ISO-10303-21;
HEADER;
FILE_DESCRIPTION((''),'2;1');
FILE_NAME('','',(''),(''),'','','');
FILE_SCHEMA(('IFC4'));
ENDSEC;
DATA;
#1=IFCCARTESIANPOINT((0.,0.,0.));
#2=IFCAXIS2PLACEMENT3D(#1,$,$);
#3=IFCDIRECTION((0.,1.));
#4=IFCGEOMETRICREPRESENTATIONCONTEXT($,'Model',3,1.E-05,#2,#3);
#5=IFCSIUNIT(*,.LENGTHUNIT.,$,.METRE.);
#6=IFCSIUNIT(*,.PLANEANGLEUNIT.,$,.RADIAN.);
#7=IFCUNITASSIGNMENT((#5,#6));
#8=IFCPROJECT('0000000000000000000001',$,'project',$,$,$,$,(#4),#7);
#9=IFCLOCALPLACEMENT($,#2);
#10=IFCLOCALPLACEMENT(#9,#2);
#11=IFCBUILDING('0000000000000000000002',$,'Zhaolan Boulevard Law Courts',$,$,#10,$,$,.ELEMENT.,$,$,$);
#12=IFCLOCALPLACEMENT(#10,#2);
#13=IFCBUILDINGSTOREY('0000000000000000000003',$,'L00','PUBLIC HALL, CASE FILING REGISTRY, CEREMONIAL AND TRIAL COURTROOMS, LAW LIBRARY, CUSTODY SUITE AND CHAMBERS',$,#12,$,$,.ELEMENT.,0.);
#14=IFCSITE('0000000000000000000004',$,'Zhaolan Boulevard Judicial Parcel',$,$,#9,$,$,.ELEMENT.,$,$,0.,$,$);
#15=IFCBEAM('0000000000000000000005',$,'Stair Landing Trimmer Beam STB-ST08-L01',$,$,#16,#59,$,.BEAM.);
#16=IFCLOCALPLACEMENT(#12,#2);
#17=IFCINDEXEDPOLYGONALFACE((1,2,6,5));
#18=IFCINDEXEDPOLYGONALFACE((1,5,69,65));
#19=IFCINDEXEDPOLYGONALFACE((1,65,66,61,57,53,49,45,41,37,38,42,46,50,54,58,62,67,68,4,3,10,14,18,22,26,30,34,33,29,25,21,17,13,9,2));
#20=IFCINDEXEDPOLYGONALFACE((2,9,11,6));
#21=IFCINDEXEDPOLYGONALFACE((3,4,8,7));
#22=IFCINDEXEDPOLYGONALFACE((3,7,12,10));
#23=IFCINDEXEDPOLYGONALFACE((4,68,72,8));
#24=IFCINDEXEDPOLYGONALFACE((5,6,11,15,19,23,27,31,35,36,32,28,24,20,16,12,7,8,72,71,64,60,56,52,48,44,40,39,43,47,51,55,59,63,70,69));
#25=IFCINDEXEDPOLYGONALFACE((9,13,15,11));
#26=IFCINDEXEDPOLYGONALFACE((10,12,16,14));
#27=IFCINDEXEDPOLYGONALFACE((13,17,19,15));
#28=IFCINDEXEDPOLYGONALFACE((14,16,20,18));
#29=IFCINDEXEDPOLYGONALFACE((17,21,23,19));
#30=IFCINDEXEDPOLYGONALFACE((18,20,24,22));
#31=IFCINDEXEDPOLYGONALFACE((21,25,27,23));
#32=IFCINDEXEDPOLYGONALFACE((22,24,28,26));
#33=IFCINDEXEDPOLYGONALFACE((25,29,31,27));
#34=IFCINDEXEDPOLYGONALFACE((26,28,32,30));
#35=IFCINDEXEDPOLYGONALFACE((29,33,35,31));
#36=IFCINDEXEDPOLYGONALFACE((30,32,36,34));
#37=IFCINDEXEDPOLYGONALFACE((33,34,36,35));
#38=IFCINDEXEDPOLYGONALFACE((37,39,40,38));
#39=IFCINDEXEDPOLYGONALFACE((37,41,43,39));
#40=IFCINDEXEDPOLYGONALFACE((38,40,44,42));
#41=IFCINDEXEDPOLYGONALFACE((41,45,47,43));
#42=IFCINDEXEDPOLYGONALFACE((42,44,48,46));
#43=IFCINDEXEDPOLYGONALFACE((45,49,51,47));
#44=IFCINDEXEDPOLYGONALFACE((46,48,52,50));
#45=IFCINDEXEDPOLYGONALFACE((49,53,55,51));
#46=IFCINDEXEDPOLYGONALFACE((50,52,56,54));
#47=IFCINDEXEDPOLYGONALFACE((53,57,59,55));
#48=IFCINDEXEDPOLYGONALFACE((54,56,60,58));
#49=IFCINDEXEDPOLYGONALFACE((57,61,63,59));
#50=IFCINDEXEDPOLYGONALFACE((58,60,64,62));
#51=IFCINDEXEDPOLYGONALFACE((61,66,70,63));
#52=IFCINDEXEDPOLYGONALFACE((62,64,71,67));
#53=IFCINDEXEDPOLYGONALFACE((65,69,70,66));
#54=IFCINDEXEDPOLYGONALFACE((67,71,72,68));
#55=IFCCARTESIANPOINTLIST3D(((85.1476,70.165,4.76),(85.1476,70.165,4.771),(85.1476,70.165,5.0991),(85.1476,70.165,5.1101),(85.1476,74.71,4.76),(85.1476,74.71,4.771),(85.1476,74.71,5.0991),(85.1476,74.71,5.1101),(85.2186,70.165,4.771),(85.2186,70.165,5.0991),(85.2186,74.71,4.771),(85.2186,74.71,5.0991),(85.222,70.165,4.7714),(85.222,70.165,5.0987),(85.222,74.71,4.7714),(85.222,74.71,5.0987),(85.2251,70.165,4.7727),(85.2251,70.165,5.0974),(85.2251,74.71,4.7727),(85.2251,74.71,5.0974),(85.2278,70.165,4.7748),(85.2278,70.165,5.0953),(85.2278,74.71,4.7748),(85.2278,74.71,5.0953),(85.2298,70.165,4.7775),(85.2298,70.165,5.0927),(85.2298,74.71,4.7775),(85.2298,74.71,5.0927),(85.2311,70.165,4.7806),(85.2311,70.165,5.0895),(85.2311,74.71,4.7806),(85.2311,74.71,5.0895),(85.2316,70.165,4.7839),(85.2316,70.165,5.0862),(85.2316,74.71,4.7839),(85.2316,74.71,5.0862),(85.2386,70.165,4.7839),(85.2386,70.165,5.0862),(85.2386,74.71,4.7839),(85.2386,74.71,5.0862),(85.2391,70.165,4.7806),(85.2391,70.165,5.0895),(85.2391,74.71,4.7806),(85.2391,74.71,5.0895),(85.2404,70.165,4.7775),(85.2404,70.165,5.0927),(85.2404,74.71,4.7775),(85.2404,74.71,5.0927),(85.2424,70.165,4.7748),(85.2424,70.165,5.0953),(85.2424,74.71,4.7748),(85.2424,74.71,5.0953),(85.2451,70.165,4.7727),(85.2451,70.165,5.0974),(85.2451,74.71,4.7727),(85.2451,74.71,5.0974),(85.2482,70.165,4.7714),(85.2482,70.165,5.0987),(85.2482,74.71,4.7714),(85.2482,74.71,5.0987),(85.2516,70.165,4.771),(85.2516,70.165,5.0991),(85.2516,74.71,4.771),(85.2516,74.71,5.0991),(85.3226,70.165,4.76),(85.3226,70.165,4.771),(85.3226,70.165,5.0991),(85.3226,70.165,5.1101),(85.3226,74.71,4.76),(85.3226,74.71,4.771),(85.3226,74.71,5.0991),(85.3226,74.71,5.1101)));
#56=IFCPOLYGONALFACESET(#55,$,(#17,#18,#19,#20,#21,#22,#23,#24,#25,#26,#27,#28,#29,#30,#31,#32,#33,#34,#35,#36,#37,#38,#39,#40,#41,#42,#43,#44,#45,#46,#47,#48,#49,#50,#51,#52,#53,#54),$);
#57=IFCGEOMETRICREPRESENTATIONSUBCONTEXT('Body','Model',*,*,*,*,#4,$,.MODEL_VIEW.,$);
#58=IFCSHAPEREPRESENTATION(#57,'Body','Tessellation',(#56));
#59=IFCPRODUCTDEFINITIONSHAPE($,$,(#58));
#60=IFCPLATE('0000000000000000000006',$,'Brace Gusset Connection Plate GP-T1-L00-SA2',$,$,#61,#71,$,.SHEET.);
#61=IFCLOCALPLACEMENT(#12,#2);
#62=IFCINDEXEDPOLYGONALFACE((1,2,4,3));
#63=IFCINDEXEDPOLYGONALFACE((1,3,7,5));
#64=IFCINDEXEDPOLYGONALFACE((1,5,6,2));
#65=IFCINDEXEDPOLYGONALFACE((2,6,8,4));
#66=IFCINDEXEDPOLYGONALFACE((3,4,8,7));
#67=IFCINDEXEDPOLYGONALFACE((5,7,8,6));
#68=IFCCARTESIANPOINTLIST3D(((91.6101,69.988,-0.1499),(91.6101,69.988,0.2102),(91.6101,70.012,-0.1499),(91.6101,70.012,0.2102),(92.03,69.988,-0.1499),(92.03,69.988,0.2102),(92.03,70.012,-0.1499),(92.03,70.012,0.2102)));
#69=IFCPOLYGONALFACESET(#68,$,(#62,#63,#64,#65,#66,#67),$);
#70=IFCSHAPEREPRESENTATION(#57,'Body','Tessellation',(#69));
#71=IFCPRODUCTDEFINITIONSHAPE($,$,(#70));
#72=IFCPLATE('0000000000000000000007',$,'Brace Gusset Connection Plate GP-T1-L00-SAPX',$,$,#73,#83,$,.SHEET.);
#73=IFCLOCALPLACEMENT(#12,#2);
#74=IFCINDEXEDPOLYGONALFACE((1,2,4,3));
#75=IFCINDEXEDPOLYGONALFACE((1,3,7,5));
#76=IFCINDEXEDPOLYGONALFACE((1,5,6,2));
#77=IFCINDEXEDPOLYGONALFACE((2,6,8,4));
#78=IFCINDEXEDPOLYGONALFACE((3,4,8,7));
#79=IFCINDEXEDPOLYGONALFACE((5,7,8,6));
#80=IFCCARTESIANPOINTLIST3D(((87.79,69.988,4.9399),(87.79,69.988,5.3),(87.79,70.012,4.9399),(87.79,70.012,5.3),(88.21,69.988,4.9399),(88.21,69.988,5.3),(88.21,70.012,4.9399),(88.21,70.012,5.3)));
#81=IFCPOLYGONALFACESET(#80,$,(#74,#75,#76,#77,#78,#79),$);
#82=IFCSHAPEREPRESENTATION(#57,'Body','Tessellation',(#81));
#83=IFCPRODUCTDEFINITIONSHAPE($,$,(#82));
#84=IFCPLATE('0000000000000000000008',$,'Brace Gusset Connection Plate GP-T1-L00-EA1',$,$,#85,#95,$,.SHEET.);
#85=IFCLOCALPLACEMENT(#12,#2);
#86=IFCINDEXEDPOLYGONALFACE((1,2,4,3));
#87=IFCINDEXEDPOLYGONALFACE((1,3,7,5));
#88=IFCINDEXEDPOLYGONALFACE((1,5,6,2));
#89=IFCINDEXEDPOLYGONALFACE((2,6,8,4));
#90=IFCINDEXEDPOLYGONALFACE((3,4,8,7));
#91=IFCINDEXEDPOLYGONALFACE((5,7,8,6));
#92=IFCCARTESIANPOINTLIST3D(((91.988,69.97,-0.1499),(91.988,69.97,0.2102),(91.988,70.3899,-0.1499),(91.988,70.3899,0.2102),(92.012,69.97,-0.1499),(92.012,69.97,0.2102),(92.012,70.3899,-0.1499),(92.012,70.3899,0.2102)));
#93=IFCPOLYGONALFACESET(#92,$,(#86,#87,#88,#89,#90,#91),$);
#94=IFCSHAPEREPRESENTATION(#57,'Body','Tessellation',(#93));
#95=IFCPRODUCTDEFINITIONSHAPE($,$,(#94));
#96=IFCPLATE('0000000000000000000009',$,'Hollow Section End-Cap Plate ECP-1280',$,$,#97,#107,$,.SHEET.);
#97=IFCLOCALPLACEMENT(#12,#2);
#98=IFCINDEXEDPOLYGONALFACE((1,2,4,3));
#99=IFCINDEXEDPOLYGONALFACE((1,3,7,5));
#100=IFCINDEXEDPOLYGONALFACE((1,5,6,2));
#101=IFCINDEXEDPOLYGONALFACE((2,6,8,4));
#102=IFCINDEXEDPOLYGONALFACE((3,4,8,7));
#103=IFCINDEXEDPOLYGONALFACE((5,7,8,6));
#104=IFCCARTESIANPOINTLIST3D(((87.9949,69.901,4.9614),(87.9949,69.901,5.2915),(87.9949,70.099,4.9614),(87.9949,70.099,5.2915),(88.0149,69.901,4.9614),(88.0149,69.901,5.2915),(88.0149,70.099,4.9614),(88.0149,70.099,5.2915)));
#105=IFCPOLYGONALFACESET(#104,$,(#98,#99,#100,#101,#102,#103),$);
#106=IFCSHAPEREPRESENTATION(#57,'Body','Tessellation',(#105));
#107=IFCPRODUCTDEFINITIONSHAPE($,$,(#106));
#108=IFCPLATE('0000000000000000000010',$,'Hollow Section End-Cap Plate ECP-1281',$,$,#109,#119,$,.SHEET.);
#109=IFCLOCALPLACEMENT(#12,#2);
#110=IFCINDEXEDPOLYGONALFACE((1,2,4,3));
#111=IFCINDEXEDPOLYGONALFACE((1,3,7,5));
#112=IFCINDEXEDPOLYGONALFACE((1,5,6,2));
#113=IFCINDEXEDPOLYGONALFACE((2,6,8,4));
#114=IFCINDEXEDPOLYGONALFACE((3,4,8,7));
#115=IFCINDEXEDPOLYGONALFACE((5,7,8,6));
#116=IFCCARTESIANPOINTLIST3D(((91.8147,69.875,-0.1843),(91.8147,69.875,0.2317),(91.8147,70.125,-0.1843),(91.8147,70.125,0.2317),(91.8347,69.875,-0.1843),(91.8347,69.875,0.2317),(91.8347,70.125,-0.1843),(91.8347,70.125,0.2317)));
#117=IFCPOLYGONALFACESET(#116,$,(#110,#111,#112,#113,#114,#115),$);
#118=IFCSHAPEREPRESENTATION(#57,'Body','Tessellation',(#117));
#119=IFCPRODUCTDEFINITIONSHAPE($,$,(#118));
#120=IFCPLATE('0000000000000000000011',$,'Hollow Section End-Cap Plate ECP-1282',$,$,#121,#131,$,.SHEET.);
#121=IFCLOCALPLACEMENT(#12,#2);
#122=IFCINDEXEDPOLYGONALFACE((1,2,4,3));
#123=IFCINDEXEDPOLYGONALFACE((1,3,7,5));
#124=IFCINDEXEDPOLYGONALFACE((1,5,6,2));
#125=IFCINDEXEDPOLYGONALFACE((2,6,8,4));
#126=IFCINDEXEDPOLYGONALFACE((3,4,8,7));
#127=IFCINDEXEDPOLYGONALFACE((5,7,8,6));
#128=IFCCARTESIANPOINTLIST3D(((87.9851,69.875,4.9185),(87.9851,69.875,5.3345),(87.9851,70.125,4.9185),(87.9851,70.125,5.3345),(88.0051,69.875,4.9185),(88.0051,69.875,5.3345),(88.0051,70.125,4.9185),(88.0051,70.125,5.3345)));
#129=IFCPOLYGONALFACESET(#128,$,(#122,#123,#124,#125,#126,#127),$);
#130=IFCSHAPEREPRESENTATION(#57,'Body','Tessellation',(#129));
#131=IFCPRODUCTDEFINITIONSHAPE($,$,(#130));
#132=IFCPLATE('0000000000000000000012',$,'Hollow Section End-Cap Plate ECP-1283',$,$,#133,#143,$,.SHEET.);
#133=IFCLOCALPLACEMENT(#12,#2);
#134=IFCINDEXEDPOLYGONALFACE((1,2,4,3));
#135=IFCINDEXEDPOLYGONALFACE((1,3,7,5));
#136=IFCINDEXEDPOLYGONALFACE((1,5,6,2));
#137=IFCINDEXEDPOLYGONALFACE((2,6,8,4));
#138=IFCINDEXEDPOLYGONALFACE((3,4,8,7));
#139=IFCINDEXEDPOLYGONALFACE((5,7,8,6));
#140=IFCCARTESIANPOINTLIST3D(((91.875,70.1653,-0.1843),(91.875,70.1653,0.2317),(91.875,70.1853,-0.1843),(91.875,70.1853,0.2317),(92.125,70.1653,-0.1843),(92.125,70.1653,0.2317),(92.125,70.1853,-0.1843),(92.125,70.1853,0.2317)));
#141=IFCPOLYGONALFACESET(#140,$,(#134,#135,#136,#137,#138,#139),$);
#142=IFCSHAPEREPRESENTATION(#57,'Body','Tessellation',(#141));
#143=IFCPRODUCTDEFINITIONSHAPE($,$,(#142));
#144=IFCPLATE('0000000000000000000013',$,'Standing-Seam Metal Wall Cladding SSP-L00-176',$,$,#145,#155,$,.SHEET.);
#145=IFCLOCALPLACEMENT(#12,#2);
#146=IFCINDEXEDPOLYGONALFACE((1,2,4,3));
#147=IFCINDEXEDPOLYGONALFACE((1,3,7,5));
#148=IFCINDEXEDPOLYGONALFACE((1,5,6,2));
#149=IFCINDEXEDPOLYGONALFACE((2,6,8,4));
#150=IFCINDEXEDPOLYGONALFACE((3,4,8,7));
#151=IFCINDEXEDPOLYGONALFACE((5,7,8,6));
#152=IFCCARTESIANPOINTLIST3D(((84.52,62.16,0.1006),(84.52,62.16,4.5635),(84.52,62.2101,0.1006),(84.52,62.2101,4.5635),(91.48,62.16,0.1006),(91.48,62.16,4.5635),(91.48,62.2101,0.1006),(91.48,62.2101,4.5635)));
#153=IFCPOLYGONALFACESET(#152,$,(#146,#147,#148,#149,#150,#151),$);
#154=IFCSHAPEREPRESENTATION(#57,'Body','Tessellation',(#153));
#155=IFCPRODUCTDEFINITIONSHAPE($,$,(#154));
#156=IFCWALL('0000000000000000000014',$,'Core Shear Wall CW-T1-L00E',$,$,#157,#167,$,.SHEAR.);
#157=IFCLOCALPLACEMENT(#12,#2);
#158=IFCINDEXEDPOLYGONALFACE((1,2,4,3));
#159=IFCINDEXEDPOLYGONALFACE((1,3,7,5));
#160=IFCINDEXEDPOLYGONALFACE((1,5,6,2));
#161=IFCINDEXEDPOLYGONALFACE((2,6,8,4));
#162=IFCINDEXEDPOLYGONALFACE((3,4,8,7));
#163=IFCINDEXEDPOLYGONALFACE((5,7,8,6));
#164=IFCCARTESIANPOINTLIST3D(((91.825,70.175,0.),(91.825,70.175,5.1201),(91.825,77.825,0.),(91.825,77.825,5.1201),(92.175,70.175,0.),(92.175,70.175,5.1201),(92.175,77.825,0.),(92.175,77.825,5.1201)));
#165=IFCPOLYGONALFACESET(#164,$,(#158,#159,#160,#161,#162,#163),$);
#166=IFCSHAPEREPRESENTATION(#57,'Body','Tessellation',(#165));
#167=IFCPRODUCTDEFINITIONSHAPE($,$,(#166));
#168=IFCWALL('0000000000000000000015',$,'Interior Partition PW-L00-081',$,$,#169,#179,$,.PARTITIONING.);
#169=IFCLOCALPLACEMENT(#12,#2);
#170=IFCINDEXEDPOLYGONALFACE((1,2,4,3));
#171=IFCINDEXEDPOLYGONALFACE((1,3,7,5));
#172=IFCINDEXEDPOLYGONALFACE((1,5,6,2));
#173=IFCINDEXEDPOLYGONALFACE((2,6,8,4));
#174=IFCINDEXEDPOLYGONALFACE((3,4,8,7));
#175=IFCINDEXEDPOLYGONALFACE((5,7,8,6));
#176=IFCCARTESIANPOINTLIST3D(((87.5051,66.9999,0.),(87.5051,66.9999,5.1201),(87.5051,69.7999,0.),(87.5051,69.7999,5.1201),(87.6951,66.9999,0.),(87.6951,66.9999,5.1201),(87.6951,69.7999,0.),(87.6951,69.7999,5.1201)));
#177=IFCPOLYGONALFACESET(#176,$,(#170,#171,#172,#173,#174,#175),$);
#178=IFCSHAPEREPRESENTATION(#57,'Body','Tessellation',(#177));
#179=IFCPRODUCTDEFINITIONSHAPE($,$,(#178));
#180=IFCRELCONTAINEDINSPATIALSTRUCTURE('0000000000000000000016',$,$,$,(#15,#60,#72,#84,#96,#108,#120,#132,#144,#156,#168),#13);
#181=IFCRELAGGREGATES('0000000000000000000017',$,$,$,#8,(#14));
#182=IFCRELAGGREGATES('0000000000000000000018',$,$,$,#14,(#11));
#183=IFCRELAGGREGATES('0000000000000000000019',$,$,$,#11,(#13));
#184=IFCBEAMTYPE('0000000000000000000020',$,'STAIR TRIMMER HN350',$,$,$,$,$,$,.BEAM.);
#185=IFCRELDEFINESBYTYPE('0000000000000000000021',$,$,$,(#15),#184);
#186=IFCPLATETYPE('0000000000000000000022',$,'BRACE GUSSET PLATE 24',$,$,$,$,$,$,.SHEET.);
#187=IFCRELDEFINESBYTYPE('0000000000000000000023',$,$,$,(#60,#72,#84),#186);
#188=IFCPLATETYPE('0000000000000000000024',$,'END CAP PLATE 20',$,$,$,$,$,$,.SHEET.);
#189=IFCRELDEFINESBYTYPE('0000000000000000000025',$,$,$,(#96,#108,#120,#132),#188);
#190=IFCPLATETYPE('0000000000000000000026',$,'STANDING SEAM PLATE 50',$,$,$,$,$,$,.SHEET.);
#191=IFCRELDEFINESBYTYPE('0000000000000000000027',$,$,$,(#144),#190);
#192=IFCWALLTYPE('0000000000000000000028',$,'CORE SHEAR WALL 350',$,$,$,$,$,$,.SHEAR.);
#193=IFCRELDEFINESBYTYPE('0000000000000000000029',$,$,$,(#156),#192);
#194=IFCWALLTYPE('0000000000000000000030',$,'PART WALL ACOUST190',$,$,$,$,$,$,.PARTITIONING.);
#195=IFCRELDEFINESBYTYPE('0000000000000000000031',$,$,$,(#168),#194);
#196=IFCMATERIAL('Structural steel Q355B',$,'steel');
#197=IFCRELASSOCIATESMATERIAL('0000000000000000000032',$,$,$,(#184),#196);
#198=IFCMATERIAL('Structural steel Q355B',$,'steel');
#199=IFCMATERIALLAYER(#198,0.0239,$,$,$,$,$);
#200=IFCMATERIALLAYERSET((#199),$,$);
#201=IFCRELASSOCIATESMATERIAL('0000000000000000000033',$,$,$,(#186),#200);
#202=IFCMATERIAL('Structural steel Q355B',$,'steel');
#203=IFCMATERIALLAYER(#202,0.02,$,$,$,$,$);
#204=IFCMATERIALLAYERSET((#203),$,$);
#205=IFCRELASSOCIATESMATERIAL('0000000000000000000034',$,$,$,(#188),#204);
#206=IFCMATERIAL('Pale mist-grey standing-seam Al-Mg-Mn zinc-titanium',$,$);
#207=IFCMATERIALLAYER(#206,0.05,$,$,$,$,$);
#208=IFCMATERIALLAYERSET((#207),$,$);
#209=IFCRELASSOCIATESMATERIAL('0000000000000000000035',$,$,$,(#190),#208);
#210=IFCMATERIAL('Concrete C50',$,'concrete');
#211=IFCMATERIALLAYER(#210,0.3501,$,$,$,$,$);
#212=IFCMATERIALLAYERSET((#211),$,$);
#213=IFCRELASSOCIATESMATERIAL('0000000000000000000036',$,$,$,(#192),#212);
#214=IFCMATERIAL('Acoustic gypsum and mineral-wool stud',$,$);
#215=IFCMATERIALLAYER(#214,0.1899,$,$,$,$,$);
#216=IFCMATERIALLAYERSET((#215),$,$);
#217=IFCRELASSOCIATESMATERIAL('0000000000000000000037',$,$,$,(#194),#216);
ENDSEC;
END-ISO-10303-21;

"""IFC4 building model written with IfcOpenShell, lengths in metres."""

from ifc_helpers import new_model, si_unit, direction, frame, frame_2d, origin, origin_2d, place, context, subcontext, project, spatial, rectangle, i_section, extrude, material, layer, layer_set, material_profile, profile_set, type_object, element, save


model = new_model("IFC4")

# Units and contexts
model_context = context("Model", 3, precision=1e-05, world=origin(), true_north=direction((0.0, 1.0)))
body_context = subcontext(model_context, "Body", "Model", "MODEL_VIEW")
ifc_project = project(units=[si_unit("LENGTHUNIT", "METRE"), si_unit("PLANEANGLEUNIT", "RADIAN")], contexts=[model_context])

# Site, building, storey
site_placement = place(None, origin())
site = spatial("IfcSite", under=ifc_project, at=site_placement, Name="Zhaolan Boulevard Judicial Parcel", CompositionType="ELEMENT", RefElevation=0.0)
building_placement = place(site_placement, origin())
building = spatial("IfcBuilding", under=site, at=building_placement, Name="Zhaolan Boulevard Law Courts", CompositionType="ELEMENT")
storey_placement = place(building_placement, origin())
storey = spatial("IfcBuildingStorey", under=building, at=storey_placement, Name="L00", Description="PUBLIC HALL, CASE FILING REGISTRY, CEREMONIAL AND TRIAL COURTROOMS, LAW LIBRARY, CUSTODY SUITE AND CHAMBERS", CompositionType="ELEMENT", Elevation=0.0)

# Beam
ifc_material_1 = material(Name="Structural steel Q355B", Category="steel")
ifc_material_profile_1 = material_profile(ifc_material_1, i_section(OverallWidth=0.175, OverallDepth=0.3501, WebThickness=0.0071, FlangeThickness=0.011, FilletRadius=0.0129, at=origin_2d()), Name="HN350x175")
ifc_profile_set_1 = profile_set([ifc_material_profile_1], Name="Structural steel Q355B")
beam_type_1 = type_object("IfcBeamType", Name="STAIR TRIMMER HN350", PredefinedType="BEAM", material=ifc_profile_set_1)
beam_1_placement = place(storey_placement, frame((85.2351, 70.165, 4.9351), z_axis=(0.0, 1.0, 0.0), x_axis=(-1.0, 0.0, 0.0)))
element("IfcBeam", 1, at=beam_1_placement, inside=storey, type_object=beam_type_1, Name="Stair Landing Trimmer Beam STB-ST08-L01", PredefinedType="BEAM", context=body_context, shape_type="SweptSolid", body=[
    extrude(i_section(OverallWidth=0.175, OverallDepth=0.3501, WebThickness=0.0071, FlangeThickness=0.011, FilletRadius=0.0129, at=origin_2d()), origin(), (0.0, 0.0, 1.0), 4.5449),
])

# Plates
ifc_material_2 = material(Name="Structural steel Q355B", Category="steel")
ifc_layer_1 = layer(ifc_material_2, 0.0239)
ifc_layer_set_1 = layer_set([ifc_layer_1])
plate_type_1 = type_object("IfcPlateType", Name="BRACE GUSSET PLATE 24", PredefinedType="SHEET", material=ifc_layer_set_1)
for number, where, z_axis, x_axis, name in (
    (2, (91.8201, 70.0, -0.1499), (0.0, 0.0, 1.0), (1.0, 0.0, 0.0), "Brace Gusset Connection Plate GP-T1-L00-SA2"),
    (3, (88.0, 70.0, 4.9399), (0.0, 0.0, 1.0), (1.0, 0.0, 0.0), "Brace Gusset Connection Plate GP-T1-L00-SAPX"),
    (4, (92.0, 70.1799, -0.1499), (0.0, 0.0, 1.0), (0.0, 1.0, 0.0), "Brace Gusset Connection Plate GP-T1-L00-EA1"),
):
    element("IfcPlate", number, at=place(storey_placement, frame(where, z_axis=z_axis, x_axis=x_axis)), inside=storey, type_object=plate_type_1, Name=name, PredefinedType="SHEET", context=body_context, shape_type="SweptSolid", body=[
        extrude(rectangle(XDim=0.4199, YDim=0.0239, at=origin_2d()), origin(), (0.0, 0.0, 1.0), 0.3601),
    ])
ifc_material_3 = material(Name="Structural steel Q355B", Category="steel")
ifc_layer_2 = layer(ifc_material_3, 0.02)
ifc_layer_set_2 = layer_set([ifc_layer_2])
plate_type_2 = type_object("IfcPlateType", Name="END CAP PLATE 20", PredefinedType="SHEET", material=ifc_layer_set_2)
plate_1_placement = place(storey_placement, frame((88.0049, 70.0, 4.9614), z_axis=(0.0, 0.0, 1.0), x_axis=(1.0, 0.0, 0.0)))
element("IfcPlate", 5, at=plate_1_placement, inside=storey, type_object=plate_type_2, Name="Hollow Section End-Cap Plate ECP-1280", PredefinedType="SHEET", context=body_context, shape_type="SweptSolid", body=[
    extrude(rectangle(XDim=0.02, YDim=0.198, at=origin_2d()), origin(), (0.0, 0.0, 1.0), 0.3301),
])
for number, where, z_axis, x_axis, name in (
    (6, (91.8247, 70.0, -0.1843), (0.0, 0.0, 1.0), (-1.0, 0.0, 0.0), "Hollow Section End-Cap Plate ECP-1281"),
    (7, (87.9951, 70.0, 4.9185), (0.0, 0.0, 1.0), (-1.0, 0.0, 0.0), "Hollow Section End-Cap Plate ECP-1282"),
    (8, (92.0, 70.1753, -0.1843), (0.0, 0.0, 1.0), (0.0, 1.0, 0.0), "Hollow Section End-Cap Plate ECP-1283"),
):
    element("IfcPlate", number, at=place(storey_placement, frame(where, z_axis=z_axis, x_axis=x_axis)), inside=storey, type_object=plate_type_2, Name=name, PredefinedType="SHEET", context=body_context, shape_type="SweptSolid", body=[
        extrude(rectangle(XDim=0.02, YDim=0.25, at=origin_2d()), origin(), (0.0, 0.0, 1.0), 0.416),
    ])
ifc_material_4 = material(Name="Pale mist-grey standing-seam Al-Mg-Mn zinc-titanium")
ifc_layer_3 = layer(ifc_material_4, 0.05)
ifc_layer_set_3 = layer_set([ifc_layer_3])
plate_type_3 = type_object("IfcPlateType", Name="STANDING SEAM PLATE 50", PredefinedType="SHEET", material=ifc_layer_set_3)
plate_2_placement = place(storey_placement, frame((88.0, 62.1851, 0.1006), z_axis=(0.0, 0.0, 1.0), x_axis=(1.0, 0.0, 0.0)))
element("IfcPlate", 9, at=plate_2_placement, inside=storey, type_object=plate_type_3, Name="Standing-Seam Metal Wall Cladding SSP-L00-176", PredefinedType="SHEET", context=body_context, shape_type="SweptSolid", body=[
    extrude(rectangle(XDim=6.96, YDim=0.05, at=origin_2d()), origin(), (0.0, 0.0, 1.0), 4.4629),
])

# Walls
ifc_material_5 = material(Name="Concrete C50", Category="concrete")
ifc_layer_4 = layer(ifc_material_5, 0.3501)
ifc_layer_set_4 = layer_set([ifc_layer_4])
wall_type_1 = type_object("IfcWallType", Name="CORE SHEAR WALL 350", PredefinedType="SHEAR", material=ifc_layer_set_4)
wall_1_placement = place(storey_placement, frame((92.0, 70.175, 0.0), z_axis=(0.0, 0.0, 1.0), x_axis=(0.0, 1.0, 0.0)))
element("IfcWall", 10, at=wall_1_placement, inside=storey, type_object=wall_type_1, Name="Core Shear Wall CW-T1-L00E", PredefinedType="SHEAR", context=body_context, shape_type="SweptSolid", body=[
    extrude(rectangle(XDim=7.6499, YDim=0.3501, at=frame_2d((3.825, 0.0))), origin(), (0.0, 0.0, 1.0), 5.1201),
])
ifc_material_6 = material(Name="Acoustic gypsum and mineral-wool stud")
ifc_layer_5 = layer(ifc_material_6, 0.1899)
ifc_layer_set_5 = layer_set([ifc_layer_5])
wall_type_2 = type_object("IfcWallType", Name="PART WALL ACOUST190", PredefinedType="PARTITIONING", material=ifc_layer_set_5)
wall_2_placement = place(storey_placement, frame((87.6001, 67.0, 0.0), z_axis=(0.0, 0.0, 1.0), x_axis=(0.0, 1.0, 0.0)))
element("IfcWall", 11, at=wall_2_placement, inside=storey, type_object=wall_type_2, Name="Interior Partition PW-L00-081", PredefinedType="PARTITIONING", context=body_context, shape_type="SweptSolid", body=[
    extrude(rectangle(XDim=2.8, YDim=0.1899, at=frame_2d((1.3999, 0.0))), origin(), (0.0, 0.0, 1.0), 5.1201),
])

save(model, "model.ifc")
